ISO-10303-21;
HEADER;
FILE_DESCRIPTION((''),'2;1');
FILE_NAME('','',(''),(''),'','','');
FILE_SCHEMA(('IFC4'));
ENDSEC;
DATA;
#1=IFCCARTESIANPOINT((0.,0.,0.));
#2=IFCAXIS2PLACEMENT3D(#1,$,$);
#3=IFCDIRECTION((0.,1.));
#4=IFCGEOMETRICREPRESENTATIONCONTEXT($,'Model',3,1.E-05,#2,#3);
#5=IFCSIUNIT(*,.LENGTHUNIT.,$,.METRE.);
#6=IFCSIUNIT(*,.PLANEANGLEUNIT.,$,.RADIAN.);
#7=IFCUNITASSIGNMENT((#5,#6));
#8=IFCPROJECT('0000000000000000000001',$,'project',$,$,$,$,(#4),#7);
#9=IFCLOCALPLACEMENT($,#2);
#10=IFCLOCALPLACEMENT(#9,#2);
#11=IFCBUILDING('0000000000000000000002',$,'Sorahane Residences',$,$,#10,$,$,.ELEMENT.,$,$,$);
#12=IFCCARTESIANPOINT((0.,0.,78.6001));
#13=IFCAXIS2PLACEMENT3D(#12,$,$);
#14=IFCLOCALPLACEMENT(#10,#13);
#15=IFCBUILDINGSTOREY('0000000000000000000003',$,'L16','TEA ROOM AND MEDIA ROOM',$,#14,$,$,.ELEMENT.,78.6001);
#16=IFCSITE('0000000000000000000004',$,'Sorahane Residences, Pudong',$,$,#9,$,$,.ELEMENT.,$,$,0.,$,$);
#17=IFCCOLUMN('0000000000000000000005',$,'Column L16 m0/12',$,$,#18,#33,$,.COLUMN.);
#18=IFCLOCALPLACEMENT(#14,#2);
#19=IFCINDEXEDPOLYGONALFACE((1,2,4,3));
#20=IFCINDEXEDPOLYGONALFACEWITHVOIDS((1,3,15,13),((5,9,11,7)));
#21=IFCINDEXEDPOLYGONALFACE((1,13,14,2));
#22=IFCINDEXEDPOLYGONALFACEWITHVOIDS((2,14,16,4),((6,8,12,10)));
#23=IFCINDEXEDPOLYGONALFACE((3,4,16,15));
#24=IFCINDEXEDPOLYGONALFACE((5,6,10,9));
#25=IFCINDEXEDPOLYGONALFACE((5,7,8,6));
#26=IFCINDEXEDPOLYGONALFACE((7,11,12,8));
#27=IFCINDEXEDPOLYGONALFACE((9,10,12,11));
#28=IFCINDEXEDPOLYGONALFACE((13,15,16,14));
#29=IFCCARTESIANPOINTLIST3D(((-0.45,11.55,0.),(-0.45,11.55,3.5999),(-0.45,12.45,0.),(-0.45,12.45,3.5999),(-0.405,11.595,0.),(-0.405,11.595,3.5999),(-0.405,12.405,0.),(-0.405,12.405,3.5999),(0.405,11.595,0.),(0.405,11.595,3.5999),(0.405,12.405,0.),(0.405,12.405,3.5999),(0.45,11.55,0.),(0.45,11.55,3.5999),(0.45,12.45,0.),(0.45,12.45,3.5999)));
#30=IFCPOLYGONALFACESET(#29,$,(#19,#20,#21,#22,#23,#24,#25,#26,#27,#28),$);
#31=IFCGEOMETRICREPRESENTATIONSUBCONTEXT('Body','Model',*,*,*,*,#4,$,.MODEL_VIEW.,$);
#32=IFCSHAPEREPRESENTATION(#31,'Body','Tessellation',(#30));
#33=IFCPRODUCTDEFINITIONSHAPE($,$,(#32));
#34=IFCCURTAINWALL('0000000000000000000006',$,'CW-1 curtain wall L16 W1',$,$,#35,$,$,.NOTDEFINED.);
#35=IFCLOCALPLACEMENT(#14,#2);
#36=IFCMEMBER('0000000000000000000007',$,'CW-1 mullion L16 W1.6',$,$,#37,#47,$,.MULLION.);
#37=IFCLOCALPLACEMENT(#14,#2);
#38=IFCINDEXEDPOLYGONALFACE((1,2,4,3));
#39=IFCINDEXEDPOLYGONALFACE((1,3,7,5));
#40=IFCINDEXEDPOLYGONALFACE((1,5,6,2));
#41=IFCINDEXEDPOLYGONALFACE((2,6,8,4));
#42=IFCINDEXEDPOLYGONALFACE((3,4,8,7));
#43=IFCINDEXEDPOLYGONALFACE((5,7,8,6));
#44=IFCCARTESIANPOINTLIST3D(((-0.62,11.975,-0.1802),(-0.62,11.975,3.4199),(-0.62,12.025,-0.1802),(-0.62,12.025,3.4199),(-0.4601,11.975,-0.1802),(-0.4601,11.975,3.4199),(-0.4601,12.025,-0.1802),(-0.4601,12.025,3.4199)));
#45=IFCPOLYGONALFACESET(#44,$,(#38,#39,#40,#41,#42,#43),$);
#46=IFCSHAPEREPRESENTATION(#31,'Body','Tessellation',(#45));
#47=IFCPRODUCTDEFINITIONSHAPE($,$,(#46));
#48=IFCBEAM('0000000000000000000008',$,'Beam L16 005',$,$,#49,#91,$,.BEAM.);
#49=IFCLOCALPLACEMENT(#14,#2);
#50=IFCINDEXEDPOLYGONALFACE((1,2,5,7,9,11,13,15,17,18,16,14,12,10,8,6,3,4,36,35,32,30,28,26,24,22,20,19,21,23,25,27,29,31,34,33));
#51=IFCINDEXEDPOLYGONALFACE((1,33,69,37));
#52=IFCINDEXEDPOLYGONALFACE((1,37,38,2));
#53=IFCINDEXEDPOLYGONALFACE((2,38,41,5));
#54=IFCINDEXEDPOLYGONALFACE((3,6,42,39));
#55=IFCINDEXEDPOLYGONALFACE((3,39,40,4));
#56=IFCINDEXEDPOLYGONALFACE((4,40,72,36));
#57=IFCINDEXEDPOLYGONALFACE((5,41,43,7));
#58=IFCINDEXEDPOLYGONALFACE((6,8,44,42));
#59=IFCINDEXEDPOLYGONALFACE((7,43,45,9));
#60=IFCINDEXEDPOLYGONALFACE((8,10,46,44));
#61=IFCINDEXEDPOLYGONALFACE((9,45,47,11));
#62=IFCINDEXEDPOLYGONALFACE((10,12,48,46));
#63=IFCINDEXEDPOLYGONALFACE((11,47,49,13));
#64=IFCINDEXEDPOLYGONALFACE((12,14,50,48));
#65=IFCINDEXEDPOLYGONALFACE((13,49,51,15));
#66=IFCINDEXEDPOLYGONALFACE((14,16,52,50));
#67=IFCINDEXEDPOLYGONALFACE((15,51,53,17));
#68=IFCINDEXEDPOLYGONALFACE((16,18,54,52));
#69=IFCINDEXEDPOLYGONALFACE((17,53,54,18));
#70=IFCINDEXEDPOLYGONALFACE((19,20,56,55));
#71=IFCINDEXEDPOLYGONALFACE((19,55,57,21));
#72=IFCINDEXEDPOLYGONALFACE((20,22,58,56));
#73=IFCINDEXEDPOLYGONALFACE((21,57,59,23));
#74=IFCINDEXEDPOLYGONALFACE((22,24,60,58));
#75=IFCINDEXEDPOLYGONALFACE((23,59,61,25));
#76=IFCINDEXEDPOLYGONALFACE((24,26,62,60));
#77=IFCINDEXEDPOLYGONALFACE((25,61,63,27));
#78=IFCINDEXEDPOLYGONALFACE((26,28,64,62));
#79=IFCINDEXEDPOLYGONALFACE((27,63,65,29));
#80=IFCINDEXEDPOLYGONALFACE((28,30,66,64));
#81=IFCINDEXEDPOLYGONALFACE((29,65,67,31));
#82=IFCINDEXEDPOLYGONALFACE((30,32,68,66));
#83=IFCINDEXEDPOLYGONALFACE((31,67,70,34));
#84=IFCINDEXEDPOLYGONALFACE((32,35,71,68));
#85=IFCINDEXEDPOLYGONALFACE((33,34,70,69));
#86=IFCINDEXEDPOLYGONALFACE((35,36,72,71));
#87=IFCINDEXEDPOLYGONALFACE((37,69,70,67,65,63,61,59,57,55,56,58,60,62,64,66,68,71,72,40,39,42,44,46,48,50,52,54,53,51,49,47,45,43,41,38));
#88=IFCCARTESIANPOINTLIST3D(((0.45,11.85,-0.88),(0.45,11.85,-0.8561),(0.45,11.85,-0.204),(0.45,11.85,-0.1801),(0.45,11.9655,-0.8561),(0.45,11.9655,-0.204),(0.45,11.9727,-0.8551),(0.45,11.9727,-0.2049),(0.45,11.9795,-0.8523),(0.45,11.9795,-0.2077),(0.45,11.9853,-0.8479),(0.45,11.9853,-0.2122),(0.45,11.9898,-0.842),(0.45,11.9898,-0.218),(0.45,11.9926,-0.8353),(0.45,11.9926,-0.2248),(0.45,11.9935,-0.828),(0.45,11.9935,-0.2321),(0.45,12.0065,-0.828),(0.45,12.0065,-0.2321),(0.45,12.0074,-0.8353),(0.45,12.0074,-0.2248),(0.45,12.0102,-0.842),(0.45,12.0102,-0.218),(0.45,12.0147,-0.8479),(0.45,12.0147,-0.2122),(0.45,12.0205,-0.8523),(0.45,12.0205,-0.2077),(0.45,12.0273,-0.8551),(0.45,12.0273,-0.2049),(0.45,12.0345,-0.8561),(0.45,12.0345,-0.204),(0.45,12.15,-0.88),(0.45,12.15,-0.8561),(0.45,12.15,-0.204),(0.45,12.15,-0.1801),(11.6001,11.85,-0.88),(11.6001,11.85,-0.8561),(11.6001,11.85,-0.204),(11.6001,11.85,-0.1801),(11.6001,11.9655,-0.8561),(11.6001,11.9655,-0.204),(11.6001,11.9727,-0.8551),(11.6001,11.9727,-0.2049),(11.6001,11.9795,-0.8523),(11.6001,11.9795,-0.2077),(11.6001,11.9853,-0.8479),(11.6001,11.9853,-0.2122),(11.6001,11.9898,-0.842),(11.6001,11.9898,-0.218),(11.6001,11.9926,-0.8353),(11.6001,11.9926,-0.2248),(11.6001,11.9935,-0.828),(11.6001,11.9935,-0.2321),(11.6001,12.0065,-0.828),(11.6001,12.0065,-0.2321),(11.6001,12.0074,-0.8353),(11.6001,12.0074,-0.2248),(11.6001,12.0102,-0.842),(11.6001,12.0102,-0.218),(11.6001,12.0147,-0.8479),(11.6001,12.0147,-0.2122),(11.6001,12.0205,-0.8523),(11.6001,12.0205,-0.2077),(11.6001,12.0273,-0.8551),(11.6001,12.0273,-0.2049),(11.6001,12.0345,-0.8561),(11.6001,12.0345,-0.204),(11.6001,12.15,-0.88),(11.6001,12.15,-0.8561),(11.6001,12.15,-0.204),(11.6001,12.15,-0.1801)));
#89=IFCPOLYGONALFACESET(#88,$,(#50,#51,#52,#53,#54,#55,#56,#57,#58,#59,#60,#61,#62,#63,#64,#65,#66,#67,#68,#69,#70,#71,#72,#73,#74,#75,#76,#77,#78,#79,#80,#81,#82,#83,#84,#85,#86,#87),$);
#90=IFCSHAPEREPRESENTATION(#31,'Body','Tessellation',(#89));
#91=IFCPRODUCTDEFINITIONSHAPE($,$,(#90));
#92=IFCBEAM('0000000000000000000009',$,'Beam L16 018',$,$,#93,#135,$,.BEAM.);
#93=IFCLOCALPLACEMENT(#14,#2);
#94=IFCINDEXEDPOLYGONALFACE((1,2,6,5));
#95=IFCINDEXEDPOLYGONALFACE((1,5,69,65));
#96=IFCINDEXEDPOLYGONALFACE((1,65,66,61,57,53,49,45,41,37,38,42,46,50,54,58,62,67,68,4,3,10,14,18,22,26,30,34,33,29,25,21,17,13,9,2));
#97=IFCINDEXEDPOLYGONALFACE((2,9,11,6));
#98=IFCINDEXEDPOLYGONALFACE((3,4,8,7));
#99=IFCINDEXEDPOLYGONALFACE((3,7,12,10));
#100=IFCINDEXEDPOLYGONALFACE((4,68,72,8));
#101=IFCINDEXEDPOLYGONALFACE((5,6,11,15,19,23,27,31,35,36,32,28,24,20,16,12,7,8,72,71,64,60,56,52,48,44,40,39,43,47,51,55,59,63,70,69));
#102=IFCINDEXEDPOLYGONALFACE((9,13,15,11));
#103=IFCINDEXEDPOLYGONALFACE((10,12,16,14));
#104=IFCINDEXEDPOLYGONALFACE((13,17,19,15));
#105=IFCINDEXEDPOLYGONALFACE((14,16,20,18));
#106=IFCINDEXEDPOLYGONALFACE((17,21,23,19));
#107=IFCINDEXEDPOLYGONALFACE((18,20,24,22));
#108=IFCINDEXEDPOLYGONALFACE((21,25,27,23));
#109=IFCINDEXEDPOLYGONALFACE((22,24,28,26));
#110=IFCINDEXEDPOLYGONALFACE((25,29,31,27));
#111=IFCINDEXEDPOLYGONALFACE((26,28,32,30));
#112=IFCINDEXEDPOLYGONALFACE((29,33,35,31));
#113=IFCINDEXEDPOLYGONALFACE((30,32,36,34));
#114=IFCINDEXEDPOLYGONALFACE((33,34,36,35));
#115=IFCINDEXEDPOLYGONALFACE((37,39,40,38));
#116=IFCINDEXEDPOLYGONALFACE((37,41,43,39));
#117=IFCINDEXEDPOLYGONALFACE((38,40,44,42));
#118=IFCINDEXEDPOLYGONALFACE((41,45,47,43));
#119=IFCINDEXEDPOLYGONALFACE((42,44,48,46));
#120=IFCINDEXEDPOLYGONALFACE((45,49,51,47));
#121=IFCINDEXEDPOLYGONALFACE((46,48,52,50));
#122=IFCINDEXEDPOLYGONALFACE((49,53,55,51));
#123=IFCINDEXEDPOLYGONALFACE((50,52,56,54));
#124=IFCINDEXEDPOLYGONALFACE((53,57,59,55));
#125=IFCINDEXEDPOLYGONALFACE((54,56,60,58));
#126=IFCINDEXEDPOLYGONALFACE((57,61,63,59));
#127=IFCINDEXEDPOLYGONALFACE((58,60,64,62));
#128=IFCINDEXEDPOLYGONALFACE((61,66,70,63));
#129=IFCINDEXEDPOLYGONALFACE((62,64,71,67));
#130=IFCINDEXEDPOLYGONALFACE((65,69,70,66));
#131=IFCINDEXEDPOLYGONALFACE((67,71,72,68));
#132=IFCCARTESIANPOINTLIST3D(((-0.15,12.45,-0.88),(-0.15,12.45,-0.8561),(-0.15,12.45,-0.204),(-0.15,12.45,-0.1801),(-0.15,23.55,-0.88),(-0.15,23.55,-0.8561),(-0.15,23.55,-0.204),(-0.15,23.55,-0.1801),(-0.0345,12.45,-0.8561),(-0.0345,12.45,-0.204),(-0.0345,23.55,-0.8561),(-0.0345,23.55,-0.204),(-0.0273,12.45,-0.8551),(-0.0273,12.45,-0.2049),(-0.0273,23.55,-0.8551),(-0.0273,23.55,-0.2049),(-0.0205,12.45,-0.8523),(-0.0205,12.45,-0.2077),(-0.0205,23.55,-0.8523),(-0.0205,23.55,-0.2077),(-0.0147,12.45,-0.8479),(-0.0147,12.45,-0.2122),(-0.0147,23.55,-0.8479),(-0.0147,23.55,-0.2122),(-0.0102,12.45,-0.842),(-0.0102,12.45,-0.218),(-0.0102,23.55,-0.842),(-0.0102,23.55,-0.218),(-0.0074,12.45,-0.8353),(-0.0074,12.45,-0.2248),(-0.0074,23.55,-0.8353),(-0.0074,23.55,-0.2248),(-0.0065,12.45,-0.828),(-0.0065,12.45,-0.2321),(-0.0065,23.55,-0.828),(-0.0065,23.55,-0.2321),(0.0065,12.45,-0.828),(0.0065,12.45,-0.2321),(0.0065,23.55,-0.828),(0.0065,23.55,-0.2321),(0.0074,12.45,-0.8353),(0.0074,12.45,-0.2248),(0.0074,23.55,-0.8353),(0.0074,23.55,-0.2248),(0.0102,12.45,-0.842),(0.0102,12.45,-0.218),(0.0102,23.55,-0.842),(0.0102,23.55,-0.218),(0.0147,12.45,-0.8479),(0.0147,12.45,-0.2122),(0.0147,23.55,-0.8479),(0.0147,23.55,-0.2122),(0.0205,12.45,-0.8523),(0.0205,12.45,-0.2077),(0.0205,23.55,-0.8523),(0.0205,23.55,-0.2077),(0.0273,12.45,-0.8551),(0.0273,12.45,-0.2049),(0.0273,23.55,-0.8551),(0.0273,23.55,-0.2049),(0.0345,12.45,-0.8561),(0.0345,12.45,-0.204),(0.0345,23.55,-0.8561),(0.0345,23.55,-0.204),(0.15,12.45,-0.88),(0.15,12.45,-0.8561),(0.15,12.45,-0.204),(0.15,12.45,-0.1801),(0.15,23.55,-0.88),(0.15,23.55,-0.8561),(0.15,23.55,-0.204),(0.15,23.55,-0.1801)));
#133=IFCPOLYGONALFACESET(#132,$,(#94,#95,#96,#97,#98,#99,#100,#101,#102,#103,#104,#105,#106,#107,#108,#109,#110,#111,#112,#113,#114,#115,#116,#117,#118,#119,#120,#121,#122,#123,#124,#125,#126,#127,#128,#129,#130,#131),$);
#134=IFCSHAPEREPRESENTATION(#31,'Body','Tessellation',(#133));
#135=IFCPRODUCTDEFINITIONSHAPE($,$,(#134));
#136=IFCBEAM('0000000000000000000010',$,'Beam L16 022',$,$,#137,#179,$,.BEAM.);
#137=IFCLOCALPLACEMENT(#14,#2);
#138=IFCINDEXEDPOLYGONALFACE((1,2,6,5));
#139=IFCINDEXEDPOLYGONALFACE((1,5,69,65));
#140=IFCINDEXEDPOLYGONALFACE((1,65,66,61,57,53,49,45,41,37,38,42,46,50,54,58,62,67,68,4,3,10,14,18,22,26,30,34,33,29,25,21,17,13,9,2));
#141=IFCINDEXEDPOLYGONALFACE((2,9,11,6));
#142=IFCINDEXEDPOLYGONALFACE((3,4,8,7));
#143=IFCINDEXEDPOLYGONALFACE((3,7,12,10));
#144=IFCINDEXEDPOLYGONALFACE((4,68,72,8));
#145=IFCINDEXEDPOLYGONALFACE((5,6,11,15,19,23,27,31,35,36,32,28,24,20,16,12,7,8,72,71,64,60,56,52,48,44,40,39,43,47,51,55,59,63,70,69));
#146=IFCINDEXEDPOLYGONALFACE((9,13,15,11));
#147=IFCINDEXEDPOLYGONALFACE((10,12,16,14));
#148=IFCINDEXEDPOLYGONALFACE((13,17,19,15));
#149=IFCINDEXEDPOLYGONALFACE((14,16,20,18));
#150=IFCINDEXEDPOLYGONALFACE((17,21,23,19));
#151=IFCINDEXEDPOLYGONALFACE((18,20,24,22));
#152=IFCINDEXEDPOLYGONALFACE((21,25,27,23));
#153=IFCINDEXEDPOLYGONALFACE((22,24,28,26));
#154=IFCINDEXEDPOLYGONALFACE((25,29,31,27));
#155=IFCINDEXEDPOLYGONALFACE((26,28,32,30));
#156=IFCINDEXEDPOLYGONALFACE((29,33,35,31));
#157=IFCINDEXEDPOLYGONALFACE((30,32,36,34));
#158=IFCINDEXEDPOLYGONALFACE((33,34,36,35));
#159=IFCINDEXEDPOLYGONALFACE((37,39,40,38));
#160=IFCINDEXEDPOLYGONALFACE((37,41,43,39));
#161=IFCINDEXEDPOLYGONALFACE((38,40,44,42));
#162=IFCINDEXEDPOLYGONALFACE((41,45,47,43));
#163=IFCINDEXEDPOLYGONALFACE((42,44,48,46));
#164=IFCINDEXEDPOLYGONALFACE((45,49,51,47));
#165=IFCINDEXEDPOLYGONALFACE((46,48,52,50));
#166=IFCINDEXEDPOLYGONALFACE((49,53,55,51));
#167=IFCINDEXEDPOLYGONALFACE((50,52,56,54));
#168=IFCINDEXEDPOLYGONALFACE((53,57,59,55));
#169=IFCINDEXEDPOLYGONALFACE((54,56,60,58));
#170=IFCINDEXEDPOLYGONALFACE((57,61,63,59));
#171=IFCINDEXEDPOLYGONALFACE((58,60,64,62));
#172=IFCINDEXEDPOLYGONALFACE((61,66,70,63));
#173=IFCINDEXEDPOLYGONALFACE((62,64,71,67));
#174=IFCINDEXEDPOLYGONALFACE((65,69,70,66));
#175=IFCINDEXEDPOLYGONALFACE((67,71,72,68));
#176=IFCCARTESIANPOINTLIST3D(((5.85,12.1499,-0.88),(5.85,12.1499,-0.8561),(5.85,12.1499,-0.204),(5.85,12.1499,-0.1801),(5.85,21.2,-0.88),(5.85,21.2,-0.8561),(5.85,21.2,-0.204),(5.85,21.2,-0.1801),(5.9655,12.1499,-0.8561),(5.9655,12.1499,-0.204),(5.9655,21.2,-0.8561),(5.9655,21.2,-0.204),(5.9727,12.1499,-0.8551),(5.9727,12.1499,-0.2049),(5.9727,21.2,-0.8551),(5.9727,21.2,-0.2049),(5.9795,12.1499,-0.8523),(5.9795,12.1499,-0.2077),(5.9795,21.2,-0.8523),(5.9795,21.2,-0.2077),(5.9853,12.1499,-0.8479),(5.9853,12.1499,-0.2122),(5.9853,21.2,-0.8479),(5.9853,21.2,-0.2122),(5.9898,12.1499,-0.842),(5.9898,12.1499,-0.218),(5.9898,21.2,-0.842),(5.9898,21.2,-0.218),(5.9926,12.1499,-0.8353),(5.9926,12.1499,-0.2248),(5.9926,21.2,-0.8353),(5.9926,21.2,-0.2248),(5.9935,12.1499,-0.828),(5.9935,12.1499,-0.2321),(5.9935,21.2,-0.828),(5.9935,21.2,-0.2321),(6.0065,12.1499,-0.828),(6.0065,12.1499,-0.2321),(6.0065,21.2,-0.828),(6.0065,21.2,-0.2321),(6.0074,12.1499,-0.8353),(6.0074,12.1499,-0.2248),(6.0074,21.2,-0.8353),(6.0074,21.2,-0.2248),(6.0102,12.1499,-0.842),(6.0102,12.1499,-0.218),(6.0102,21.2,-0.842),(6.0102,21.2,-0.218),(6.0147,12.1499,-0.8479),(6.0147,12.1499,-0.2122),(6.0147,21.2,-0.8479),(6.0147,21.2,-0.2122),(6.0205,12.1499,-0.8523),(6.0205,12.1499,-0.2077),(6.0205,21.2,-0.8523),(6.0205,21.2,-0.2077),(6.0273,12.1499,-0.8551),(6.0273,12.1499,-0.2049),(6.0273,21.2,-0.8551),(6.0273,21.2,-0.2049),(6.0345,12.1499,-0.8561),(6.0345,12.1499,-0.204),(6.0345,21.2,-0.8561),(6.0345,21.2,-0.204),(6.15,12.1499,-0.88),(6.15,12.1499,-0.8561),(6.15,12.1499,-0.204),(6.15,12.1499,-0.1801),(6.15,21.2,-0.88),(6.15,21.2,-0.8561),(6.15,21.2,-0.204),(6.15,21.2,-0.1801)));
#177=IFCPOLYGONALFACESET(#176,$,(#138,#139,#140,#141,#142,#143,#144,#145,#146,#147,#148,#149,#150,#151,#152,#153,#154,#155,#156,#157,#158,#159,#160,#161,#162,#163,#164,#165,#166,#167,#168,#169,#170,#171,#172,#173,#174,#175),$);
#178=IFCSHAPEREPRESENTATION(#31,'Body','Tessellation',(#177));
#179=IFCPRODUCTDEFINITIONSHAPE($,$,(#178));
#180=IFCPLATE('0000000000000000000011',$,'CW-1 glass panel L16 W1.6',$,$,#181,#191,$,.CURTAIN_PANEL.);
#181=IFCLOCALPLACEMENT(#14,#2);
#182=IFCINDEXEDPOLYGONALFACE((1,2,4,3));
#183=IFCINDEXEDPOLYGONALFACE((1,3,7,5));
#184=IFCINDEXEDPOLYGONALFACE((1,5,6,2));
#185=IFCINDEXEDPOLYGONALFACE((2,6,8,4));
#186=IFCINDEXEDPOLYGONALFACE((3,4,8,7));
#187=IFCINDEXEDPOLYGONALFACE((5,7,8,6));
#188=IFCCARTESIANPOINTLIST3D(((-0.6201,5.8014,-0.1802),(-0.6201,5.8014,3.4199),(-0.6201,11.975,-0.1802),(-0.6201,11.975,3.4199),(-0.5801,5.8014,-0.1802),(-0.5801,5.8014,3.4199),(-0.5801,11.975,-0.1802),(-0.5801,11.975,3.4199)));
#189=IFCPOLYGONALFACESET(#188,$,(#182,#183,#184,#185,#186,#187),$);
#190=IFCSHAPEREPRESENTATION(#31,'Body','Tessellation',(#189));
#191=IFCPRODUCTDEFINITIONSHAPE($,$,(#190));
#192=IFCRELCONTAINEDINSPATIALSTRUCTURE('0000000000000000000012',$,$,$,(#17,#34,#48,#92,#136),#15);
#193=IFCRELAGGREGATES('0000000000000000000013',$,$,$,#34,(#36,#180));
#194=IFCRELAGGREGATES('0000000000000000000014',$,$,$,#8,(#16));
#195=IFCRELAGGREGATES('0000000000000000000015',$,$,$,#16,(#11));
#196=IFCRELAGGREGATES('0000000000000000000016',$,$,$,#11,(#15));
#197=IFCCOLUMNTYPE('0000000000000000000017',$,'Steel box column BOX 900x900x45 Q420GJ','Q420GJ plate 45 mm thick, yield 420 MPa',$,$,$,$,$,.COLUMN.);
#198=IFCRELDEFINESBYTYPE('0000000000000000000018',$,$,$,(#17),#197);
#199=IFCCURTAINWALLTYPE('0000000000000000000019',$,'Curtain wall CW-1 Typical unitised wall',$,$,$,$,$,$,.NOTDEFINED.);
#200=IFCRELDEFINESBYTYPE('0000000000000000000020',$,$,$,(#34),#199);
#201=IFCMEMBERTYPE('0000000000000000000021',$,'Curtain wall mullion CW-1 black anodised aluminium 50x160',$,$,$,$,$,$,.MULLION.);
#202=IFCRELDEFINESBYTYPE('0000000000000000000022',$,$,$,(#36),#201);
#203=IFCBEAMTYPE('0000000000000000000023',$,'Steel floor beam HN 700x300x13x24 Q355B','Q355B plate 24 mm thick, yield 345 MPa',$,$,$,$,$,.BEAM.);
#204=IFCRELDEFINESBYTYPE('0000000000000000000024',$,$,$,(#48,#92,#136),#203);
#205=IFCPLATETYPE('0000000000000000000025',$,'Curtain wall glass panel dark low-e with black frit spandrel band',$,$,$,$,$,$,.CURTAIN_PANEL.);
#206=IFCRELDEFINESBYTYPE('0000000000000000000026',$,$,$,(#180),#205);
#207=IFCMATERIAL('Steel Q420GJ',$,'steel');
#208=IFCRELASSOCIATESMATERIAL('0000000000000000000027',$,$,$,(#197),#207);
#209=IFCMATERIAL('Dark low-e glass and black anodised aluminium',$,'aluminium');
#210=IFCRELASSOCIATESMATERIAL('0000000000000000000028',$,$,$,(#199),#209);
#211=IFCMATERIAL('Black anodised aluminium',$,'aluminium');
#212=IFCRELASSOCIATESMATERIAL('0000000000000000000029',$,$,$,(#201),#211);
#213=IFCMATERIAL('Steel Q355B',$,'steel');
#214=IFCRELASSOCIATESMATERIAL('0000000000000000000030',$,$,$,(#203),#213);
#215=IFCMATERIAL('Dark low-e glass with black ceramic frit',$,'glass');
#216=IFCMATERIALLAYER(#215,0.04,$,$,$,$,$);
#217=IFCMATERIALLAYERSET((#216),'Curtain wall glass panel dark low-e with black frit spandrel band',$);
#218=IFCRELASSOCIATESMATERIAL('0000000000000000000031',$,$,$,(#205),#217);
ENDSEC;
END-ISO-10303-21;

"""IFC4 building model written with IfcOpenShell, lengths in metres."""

from ifc_helpers import new_model, si_unit, direction, frame, origin, origin_2d, place, context, subcontext, project, spatial, rectangle, hollow_rectangle, i_section, extrude, material, layer, layer_set, material_profile, profile_set, type_object, element, aggregate, save


model = new_model("IFC4")

# Units and contexts
model_context = context("Model", 3, precision=1e-05, world=origin(), true_north=direction((0.0, 1.0)))
body_context = subcontext(model_context, "Body", "Model", "MODEL_VIEW")
ifc_project = project(units=[si_unit("LENGTHUNIT", "METRE"), si_unit("PLANEANGLEUNIT", "RADIAN")], contexts=[model_context])

# Site, building, storey
site_placement = place(None, origin())
site = spatial("IfcSite", under=ifc_project, at=site_placement, Name="Sorahane Residences, Pudong", CompositionType="ELEMENT", RefElevation=0.0)
building_placement = place(site_placement, origin())
building = spatial("IfcBuilding", under=site, at=building_placement, Name="Sorahane Residences", CompositionType="ELEMENT")
storey_placement = place(building_placement, frame((0.0, 0.0, 78.6001)))
storey = spatial("IfcBuildingStorey", under=building, at=storey_placement, Name="L16", Description="TEA ROOM AND MEDIA ROOM", CompositionType="ELEMENT", Elevation=78.6001)

# Column
ifc_material_1 = material(Name="Steel Q420GJ", Category="steel")
ifc_material_profile_1 = material_profile(ifc_material_1, hollow_rectangle(XDim=0.8999, YDim=0.8999, WallThickness=0.0449, at=origin_2d()), Name="BOX 900x900x45")
ifc_profile_set_1 = profile_set([ifc_material_profile_1], Name="Steel Q420GJ")
column_type = type_object("IfcColumnType", Name="Steel box column BOX 900x900x45 Q420GJ", Description="Q420GJ plate 45 mm thick, yield 420 MPa", PredefinedType="COLUMN", material=ifc_profile_set_1)
column_placement = place(storey_placement, frame((0.0, 12.0, 0.0), z_axis=(0.0, 0.0, 1.0), x_axis=(1.0, 0.0, 0.0)))
element("IfcColumn", 1, at=column_placement, inside=storey, type_object=column_type, Name="Column L16 m0/12", PredefinedType="COLUMN", context=body_context, shape_type="SweptSolid", body=[
    extrude(hollow_rectangle(XDim=0.8999, YDim=0.8999, WallThickness=0.0449, at=origin_2d()), origin(), (0.0, 0.0, 1.0), 3.5999),
])

# Curtain wall, member
ifc_material_2 = material(Name="Dark low-e glass and black anodised aluminium", Category="aluminium")
curtain_wall_type = type_object("IfcCurtainWallType", Name="Curtain wall CW-1 Typical unitised wall", PredefinedType="NOTDEFINED", material=ifc_material_2)
curtain_wall_placement = place(storey_placement, origin())
curtain_wall = element("IfcCurtainWall", 2, at=curtain_wall_placement, inside=storey, type_object=curtain_wall_type, Name="CW-1 curtain wall L16 W1", PredefinedType="NOTDEFINED")
ifc_material_3 = material(Name="Black anodised aluminium", Category="aluminium")
ifc_material_profile_2 = material_profile(ifc_material_3, rectangle(XDim=0.1599, YDim=0.05, at=origin_2d()), Name="Curtain wall mullion CW-1 black anodised aluminium 50x160")
ifc_profile_set_2 = profile_set([ifc_material_profile_2], Name="Black anodised aluminium")
member_type = type_object("IfcMemberType", Name="Curtain wall mullion CW-1 black anodised aluminium 50x160", PredefinedType="MULLION", material=ifc_profile_set_2)
member_placement = place(storey_placement, frame((-0.54, 12.0, -0.1802), z_axis=(0.0, 0.0, 1.0), x_axis=(-1.0, 0.0, 0.0)))
member = element("IfcMember", 3, at=member_placement, type_object=member_type, Name="CW-1 mullion L16 W1.6", PredefinedType="MULLION", context=body_context, shape_type="SweptSolid", body=[
    extrude(rectangle(XDim=0.1599, YDim=0.05, at=origin_2d()), origin(), (0.0, 0.0, 1.0), 3.6001),
])

# Beams
ifc_material_4 = material(Name="Steel Q355B", Category="steel")
ifc_material_profile_3 = material_profile(ifc_material_4, i_section(OverallWidth=0.3, OverallDepth=0.7, WebThickness=0.0129, FlangeThickness=0.0239, FilletRadius=0.0281, at=origin_2d()), Name="HN 700x300x13x24")
ifc_profile_set_3 = profile_set([ifc_material_profile_3], Name="Steel Q355B")
beam_type = type_object("IfcBeamType", Name="Steel floor beam HN 700x300x13x24 Q355B", Description="Q355B plate 24 mm thick, yield 345 MPa", PredefinedType="BEAM", material=ifc_profile_set_3)
beam_1_placement = place(storey_placement, frame((0.45, 12.0, -0.53), z_axis=(1.0, 0.0, 0.0), x_axis=(0.0, 1.0, 0.0)))
element("IfcBeam", 4, at=beam_1_placement, inside=storey, type_object=beam_type, Name="Beam L16 005", PredefinedType="BEAM", context=body_context, shape_type="SweptSolid", body=[
    extrude(i_section(OverallWidth=0.3, OverallDepth=0.7, WebThickness=0.0129, FlangeThickness=0.0239, FilletRadius=0.0281, at=origin_2d()), origin(), (0.0, 0.0, 1.0), 11.1501),
])
beam_2_placement = place(storey_placement, frame((0.0, 12.45, -0.53), z_axis=(0.0, 1.0, 0.0), x_axis=(-1.0, 0.0, 0.0)))
element("IfcBeam", 5, at=beam_2_placement, inside=storey, type_object=beam_type, Name="Beam L16 018", PredefinedType="BEAM", context=body_context, shape_type="SweptSolid", body=[
    extrude(i_section(OverallWidth=0.3, OverallDepth=0.7, WebThickness=0.0129, FlangeThickness=0.0239, FilletRadius=0.0281, at=origin_2d()), origin(), (0.0, 0.0, 1.0), 11.1001),
])
beam_3_placement = place(storey_placement, frame((6.0, 12.1499, -0.53), z_axis=(0.0, 1.0, 0.0), x_axis=(-1.0, 0.0, 0.0)))
element("IfcBeam", 6, at=beam_3_placement, inside=storey, type_object=beam_type, Name="Beam L16 022", PredefinedType="BEAM", context=body_context, shape_type="SweptSolid", body=[
    extrude(i_section(OverallWidth=0.3, OverallDepth=0.7, WebThickness=0.0129, FlangeThickness=0.0239, FilletRadius=0.0281, at=origin_2d()), origin(), (0.0, 0.0, 1.0), 9.05),
])

# Plate
ifc_material_5 = material(Name="Dark low-e glass with black ceramic frit", Category="glass")
ifc_layer_1 = layer(ifc_material_5, 0.04)
ifc_layer_set_1 = layer_set([ifc_layer_1], Name="Curtain wall glass panel dark low-e with black frit spandrel band")
plate_type = type_object("IfcPlateType", Name="Curtain wall glass panel dark low-e with black frit spandrel band", PredefinedType="CURTAIN_PANEL", material=ifc_layer_set_1)
plate_placement = place(storey_placement, frame((-0.6001, 8.8882, -0.1802), z_axis=(0.0, 0.0, 1.0), x_axis=(0.0, -1.0, 0.0)))
plate = element("IfcPlate", 7, at=plate_placement, type_object=plate_type, Name="CW-1 glass panel L16 W1.6", PredefinedType="CURTAIN_PANEL", context=body_context, shape_type="SweptSolid", body=[
    extrude(rectangle(XDim=6.1736, YDim=0.04, at=origin_2d()), origin(), (0.0, 0.0, 1.0), 3.6001),
])
aggregate(curtain_wall, [member, plate])

save(model, "model.ifc")
